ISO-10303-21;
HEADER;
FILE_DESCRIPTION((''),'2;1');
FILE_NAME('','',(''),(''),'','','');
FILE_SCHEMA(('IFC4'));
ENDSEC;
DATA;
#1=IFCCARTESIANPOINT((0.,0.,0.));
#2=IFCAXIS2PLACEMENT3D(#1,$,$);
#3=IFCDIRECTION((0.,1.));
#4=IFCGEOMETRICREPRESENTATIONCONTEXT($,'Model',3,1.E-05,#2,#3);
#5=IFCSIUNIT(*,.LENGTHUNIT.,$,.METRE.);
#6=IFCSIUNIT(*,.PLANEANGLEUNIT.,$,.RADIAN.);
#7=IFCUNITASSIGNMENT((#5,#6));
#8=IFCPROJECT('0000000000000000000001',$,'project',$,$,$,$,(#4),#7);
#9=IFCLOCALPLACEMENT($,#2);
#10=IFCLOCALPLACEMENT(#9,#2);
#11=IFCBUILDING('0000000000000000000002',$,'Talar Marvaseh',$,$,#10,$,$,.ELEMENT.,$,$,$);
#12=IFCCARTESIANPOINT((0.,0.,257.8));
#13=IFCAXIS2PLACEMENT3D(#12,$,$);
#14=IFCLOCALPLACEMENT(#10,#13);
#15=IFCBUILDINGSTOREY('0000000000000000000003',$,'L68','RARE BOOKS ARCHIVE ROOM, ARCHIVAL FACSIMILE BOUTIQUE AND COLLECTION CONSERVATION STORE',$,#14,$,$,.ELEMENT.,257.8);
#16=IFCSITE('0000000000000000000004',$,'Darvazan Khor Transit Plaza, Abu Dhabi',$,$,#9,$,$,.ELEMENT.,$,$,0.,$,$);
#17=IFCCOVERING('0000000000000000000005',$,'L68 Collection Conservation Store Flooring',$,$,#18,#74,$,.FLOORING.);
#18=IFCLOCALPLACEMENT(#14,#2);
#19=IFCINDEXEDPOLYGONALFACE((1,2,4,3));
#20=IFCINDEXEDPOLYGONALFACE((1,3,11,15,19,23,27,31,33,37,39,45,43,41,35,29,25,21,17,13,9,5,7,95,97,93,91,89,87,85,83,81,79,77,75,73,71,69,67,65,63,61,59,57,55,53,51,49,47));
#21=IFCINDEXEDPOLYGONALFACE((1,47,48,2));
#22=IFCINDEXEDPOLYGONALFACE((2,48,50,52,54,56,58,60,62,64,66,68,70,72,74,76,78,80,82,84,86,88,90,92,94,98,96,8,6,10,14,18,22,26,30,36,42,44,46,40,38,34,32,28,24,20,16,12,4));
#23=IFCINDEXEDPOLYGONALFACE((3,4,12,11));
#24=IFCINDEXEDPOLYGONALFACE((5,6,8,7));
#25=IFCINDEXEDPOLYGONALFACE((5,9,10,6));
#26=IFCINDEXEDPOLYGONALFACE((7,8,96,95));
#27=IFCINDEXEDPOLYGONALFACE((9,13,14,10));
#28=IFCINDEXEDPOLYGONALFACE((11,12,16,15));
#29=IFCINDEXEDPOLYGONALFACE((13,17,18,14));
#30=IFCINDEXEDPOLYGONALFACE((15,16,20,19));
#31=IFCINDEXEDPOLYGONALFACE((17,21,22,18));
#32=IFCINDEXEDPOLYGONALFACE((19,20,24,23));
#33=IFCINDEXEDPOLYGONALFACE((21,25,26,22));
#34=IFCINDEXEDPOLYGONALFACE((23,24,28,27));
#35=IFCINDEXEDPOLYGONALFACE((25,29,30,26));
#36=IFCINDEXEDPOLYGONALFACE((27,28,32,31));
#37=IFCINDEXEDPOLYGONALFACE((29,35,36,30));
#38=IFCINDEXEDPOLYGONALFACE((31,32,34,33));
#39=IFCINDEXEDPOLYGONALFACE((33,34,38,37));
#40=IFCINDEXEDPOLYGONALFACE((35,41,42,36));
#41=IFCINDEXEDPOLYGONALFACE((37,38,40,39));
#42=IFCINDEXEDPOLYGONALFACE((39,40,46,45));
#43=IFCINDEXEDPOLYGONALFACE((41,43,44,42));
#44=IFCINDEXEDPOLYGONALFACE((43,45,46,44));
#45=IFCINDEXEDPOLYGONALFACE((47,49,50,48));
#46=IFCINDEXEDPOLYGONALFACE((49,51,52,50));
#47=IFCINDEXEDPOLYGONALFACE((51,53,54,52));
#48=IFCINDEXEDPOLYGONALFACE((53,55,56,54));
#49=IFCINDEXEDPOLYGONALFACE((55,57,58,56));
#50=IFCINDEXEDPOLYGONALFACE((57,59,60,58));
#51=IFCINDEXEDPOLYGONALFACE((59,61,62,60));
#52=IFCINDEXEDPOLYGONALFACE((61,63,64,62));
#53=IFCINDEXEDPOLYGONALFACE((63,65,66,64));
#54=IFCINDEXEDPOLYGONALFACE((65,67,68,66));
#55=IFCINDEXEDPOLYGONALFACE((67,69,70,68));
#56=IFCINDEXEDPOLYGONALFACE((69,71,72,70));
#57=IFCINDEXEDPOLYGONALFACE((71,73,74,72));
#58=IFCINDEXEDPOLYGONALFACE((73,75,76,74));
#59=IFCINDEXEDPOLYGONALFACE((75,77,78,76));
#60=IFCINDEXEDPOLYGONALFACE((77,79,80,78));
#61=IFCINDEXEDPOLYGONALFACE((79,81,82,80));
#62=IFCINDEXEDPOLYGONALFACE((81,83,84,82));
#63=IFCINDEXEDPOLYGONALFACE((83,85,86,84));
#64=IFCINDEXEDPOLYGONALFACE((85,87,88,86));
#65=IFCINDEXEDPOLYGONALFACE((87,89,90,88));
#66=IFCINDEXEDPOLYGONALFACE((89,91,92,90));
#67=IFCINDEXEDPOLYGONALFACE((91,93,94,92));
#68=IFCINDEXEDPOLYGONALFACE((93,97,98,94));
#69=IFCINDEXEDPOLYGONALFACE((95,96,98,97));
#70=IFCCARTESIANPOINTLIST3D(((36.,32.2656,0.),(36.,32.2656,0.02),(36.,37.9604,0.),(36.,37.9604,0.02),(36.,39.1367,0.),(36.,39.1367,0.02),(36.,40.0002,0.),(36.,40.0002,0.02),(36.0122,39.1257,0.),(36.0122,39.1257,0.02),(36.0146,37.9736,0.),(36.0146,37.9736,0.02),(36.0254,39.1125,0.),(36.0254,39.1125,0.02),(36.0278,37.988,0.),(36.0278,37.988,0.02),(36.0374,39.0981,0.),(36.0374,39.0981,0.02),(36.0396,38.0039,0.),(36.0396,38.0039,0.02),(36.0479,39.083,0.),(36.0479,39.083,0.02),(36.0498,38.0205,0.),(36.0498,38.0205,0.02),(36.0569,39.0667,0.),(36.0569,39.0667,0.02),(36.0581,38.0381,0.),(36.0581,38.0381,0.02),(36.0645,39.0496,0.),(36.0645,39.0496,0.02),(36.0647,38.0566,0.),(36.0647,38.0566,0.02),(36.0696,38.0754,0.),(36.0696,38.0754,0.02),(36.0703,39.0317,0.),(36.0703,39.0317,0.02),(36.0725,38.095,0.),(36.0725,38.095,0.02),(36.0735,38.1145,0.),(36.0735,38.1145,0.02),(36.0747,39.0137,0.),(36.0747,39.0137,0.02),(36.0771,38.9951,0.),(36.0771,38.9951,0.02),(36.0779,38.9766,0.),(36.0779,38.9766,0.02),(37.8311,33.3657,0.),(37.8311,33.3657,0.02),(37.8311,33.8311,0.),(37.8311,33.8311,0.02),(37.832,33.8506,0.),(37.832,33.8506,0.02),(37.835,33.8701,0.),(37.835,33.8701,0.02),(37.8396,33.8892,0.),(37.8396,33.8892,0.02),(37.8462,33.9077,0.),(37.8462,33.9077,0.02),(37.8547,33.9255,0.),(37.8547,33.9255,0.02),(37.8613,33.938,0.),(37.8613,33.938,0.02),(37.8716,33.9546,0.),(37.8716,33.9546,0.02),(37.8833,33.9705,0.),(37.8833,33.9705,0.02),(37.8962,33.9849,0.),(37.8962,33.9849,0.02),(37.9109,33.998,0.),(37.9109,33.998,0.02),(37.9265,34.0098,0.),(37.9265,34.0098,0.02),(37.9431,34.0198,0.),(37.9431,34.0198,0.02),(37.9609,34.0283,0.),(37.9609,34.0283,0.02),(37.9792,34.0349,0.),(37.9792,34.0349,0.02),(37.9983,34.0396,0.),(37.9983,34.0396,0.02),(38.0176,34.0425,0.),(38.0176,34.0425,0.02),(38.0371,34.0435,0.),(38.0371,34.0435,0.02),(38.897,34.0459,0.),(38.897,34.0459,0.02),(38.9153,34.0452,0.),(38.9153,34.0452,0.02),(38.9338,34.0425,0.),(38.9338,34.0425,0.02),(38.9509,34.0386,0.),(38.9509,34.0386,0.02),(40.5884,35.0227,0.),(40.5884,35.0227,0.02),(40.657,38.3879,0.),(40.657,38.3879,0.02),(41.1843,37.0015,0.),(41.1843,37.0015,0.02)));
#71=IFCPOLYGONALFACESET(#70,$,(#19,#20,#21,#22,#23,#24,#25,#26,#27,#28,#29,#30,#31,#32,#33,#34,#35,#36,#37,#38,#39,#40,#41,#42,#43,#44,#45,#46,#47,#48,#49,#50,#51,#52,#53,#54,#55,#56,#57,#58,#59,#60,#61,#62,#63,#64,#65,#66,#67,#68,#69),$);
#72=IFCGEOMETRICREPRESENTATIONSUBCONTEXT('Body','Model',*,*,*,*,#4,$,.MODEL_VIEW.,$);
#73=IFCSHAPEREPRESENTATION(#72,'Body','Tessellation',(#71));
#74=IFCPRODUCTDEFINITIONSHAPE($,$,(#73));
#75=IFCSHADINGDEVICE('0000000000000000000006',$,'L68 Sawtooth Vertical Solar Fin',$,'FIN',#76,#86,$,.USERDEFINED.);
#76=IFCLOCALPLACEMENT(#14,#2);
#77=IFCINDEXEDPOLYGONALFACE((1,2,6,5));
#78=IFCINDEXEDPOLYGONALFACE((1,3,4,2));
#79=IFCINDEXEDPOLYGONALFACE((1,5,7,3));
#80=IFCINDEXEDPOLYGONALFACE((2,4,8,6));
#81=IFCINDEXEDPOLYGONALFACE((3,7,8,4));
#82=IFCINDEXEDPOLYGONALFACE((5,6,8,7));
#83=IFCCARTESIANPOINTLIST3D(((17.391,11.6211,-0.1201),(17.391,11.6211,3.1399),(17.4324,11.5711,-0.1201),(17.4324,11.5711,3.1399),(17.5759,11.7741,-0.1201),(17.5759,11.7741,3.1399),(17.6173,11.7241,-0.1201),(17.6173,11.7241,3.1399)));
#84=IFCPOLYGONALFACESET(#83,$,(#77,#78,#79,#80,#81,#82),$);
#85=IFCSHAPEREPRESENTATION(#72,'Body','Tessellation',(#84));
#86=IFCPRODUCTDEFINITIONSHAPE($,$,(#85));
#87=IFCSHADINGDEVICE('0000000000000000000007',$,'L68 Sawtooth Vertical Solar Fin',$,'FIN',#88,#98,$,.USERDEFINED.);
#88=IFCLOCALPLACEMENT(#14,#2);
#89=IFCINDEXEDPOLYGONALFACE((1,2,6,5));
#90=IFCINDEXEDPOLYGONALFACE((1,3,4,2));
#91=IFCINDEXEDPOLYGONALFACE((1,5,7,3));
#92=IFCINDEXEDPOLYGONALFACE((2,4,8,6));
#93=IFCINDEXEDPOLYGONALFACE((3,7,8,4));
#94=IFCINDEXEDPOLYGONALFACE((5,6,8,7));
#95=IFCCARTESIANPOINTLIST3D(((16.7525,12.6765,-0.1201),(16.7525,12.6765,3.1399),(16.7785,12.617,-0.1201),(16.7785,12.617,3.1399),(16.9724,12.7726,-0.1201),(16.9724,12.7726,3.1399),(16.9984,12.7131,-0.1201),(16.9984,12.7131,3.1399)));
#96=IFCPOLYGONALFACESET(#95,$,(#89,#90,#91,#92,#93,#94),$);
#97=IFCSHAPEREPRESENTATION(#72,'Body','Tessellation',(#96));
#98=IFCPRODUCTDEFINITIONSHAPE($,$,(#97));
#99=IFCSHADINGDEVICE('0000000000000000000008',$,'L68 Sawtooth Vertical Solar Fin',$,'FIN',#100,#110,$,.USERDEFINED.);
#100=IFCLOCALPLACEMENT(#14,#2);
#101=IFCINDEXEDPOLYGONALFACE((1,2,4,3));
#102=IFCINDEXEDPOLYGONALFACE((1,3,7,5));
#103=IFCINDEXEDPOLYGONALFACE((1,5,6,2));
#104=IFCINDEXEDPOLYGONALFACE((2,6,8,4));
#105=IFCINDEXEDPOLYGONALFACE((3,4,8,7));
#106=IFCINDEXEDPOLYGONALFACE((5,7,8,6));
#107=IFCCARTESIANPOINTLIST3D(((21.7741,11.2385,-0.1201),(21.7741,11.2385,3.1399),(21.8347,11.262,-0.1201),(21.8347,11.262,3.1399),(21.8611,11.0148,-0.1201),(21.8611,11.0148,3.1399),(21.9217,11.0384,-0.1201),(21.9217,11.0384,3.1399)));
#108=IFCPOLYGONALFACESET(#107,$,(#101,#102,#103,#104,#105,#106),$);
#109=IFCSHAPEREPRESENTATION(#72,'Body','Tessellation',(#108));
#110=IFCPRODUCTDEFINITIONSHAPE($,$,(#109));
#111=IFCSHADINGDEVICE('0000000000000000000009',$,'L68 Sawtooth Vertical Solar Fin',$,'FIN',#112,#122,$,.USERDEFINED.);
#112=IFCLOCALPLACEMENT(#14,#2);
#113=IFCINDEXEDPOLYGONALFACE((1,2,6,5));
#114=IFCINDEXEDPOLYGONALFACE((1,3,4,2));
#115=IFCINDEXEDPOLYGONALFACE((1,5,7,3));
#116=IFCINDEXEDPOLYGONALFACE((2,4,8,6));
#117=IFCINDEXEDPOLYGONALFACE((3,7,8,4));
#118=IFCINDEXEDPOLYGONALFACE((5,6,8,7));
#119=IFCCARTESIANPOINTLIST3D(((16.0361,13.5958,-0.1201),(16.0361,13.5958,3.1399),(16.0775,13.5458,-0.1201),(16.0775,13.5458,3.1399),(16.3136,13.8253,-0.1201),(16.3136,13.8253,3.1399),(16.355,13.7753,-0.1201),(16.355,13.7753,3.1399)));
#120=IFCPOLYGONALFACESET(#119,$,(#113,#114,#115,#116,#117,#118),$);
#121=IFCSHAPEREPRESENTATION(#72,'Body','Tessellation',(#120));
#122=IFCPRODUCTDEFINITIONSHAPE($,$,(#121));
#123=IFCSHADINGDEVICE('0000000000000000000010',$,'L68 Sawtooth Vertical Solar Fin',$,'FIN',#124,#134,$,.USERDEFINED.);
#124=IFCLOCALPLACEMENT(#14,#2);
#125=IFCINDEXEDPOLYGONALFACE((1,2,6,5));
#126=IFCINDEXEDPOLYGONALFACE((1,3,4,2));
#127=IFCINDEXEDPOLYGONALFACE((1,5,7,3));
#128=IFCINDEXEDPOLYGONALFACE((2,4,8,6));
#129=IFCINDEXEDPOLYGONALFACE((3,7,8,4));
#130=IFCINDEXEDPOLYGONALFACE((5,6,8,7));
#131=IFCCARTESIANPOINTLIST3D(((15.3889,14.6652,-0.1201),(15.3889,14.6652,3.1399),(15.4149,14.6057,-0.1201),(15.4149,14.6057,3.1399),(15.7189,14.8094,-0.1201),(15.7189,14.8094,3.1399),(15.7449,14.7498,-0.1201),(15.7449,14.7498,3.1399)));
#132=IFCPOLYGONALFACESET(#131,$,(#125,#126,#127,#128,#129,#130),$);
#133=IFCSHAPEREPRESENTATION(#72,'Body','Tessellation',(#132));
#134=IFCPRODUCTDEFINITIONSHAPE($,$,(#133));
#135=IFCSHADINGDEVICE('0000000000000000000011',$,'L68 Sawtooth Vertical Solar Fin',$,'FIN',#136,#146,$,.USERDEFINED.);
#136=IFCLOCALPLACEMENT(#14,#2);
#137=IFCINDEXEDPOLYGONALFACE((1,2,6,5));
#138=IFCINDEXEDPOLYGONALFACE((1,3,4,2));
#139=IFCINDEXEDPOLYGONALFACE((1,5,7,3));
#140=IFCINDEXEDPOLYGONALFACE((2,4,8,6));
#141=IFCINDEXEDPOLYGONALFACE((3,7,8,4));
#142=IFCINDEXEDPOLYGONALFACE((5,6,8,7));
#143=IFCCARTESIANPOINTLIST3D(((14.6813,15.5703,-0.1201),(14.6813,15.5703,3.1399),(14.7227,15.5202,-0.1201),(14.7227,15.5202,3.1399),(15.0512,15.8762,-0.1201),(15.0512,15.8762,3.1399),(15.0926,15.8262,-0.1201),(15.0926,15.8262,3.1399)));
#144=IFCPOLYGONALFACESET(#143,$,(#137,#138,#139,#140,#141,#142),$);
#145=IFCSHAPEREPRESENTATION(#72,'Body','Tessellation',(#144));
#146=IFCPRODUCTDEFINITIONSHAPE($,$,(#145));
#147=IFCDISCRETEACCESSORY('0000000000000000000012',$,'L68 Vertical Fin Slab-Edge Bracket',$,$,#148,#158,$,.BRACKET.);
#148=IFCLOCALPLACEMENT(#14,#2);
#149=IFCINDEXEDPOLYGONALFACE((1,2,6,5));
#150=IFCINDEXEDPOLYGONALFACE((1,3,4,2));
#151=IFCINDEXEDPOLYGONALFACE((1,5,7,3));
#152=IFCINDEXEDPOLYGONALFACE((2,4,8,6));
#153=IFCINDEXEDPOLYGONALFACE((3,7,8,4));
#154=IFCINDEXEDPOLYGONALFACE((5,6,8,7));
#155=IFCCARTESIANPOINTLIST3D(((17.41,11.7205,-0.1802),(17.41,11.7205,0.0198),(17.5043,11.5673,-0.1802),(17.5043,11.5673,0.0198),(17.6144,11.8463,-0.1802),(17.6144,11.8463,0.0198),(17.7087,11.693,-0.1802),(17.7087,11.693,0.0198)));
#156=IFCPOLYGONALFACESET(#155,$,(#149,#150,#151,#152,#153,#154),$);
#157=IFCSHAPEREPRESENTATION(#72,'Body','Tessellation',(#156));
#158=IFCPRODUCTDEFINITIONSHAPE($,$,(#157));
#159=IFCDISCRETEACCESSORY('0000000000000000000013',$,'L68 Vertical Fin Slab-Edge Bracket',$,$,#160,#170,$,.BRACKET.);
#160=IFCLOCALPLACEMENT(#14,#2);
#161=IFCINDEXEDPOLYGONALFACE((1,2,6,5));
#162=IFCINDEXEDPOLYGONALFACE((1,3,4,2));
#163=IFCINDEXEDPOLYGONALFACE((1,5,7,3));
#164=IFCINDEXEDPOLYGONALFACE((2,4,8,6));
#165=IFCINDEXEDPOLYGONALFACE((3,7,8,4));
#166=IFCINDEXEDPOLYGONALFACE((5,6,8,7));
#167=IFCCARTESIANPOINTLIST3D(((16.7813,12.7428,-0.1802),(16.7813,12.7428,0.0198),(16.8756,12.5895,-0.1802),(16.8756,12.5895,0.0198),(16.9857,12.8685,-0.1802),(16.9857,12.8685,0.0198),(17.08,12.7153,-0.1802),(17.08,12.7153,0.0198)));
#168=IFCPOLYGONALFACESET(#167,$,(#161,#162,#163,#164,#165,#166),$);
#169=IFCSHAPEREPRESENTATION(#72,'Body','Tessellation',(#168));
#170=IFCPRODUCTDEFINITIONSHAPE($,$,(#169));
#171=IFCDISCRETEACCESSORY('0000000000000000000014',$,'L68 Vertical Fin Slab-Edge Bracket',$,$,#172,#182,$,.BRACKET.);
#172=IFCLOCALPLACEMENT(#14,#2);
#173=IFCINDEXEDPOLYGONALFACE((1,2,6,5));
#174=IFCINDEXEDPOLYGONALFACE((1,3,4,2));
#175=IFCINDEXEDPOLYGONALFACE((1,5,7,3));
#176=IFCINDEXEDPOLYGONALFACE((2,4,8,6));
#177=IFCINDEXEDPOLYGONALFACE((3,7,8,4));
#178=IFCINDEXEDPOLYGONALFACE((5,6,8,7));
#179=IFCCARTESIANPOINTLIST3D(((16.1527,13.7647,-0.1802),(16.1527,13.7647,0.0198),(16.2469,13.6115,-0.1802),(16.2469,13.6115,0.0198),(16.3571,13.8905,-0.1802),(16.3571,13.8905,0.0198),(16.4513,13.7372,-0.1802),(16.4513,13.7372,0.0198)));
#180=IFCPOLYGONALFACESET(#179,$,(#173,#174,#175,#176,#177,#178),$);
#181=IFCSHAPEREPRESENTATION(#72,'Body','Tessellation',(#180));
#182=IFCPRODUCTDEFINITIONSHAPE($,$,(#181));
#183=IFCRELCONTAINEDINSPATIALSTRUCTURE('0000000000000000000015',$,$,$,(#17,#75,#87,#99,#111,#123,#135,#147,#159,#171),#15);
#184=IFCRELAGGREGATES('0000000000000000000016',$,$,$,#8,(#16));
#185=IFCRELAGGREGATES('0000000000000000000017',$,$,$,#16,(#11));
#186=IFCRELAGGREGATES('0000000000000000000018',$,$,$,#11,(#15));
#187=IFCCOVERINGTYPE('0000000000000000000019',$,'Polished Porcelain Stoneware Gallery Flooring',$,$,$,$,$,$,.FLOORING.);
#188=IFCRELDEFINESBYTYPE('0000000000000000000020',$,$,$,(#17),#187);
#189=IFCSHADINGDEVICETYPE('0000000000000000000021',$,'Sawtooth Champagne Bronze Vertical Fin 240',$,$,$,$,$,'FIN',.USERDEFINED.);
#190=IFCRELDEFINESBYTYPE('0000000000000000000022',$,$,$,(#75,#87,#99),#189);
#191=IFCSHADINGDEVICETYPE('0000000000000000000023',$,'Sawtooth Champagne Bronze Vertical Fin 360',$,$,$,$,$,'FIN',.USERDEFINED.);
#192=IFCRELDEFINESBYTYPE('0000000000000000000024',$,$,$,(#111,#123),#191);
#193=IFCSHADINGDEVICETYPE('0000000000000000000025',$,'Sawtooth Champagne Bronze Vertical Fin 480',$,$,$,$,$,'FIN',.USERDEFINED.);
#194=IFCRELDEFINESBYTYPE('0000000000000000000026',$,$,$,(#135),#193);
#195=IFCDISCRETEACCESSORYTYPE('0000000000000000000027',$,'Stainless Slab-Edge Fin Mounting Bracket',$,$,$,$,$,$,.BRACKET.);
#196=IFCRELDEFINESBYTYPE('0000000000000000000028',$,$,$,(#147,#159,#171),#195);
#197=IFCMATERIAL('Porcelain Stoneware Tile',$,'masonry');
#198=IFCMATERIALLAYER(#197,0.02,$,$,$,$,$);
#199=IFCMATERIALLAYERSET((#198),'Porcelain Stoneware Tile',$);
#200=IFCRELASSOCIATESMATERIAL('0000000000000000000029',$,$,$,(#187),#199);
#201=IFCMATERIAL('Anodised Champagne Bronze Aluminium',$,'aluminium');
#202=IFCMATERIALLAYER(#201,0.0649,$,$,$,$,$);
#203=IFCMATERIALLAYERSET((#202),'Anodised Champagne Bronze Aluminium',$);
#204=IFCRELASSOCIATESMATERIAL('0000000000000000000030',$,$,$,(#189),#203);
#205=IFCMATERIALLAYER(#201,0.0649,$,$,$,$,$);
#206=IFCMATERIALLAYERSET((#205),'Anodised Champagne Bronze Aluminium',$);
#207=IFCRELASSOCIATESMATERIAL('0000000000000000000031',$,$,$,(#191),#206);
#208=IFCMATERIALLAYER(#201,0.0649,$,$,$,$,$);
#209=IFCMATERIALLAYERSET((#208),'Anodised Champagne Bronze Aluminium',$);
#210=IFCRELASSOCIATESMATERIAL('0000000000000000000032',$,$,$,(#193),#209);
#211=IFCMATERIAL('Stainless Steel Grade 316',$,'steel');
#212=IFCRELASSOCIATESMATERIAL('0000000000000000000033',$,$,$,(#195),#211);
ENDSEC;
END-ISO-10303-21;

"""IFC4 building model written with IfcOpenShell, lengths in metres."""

from ifc_helpers import new_model, si_unit, direction, frame, origin, origin_2d, place, context, subcontext, project, spatial, polyline, rectangle, outline, extrude, source, transform, mapped, material, layer, layer_set, type_object, type_shapes, element, save


model = new_model("IFC4")

# Units and contexts
model_context = context("Model", 3, precision=1e-05, world=origin(), true_north=direction((0.0, 1.0)))
body_context = subcontext(model_context, "Body", "Model", "MODEL_VIEW")
ifc_project = project(units=[si_unit("LENGTHUNIT", "METRE"), si_unit("PLANEANGLEUNIT", "RADIAN")], contexts=[model_context])

# Site, building, storey
site_placement = place(None, origin())
site = spatial("IfcSite", under=ifc_project, at=site_placement, Name="Darvazan Khor Transit Plaza, Abu Dhabi", CompositionType="ELEMENT", RefElevation=0.0)
building_placement = place(site_placement, origin())
building = spatial("IfcBuilding", under=site, at=building_placement, Name="Talar Marvaseh", CompositionType="ELEMENT")
storey_placement = place(building_placement, frame((0.0, 0.0, 257.8)))
storey = spatial("IfcBuildingStorey", under=building, at=storey_placement, Name="L68", Description="RARE BOOKS ARCHIVE ROOM, ARCHIVAL FACSIMILE BOUTIQUE AND COLLECTION CONSERVATION STORE", CompositionType="ELEMENT", Elevation=257.8)

# Covering
ifc_material_1 = material(Name="Porcelain Stoneware Tile", Category="masonry")
ifc_layer_1 = layer(ifc_material_1, 0.02)
ifc_layer_set_1 = layer_set([ifc_layer_1], Name="Porcelain Stoneware Tile")
covering_type_1 = type_object("IfcCoveringType", Name="Polished Porcelain Stoneware Gallery Flooring", PredefinedType="FLOORING", material=ifc_layer_set_1)
covering_1_placement = place(storey_placement, origin())
element("IfcCovering", 1, at=covering_1_placement, inside=storey, type_object=covering_type_1, Name="L68 Collection Conservation Store Flooring", PredefinedType="FLOORING", context=body_context, shape_type="SweptSolid", body=[
    extrude(outline(polyline([(38.9153, 34.0452), (38.897, 34.0459), (38.0371, 34.0435), (38.0176, 34.0425), (37.9983, 34.0396), (37.9792, 34.0349), (37.9609, 34.0283), (37.9431, 34.0198), (37.9265, 34.0098), (37.9109, 33.998), (37.8962, 33.9849), (37.8833, 33.9705), (37.8716, 33.9546), (37.8613, 33.938), (37.8547, 33.9255), (37.8462, 33.9077), (37.8396, 33.8892), (37.835, 33.8701), (37.832, 33.8506), (37.8311, 33.8311), (37.8311, 33.3657), (36.0, 32.2656), (36.0, 37.9604), (36.0, 37.9604), (36.0146, 37.9736), (36.0278, 37.988), (36.0396, 38.0039), (36.0498, 38.0205), (36.0581, 38.0381), (36.0647, 38.0566), (36.0696, 38.0754), (36.0725, 38.095), (36.0735, 38.1145), (36.0779, 38.9766), (36.0771, 38.9951), (36.0747, 39.0137), (36.0703, 39.0317), (36.0645, 39.0496), (36.0569, 39.0667), (36.0479, 39.083), (36.0374, 39.0981), (36.0254, 39.1125), (36.0122, 39.1257), (36.0, 39.1367), (36.0, 40.0002), (40.657, 38.3879), (41.1843, 37.0015), (40.5884, 35.0227), (38.9509, 34.0386), (38.9338, 34.0425), (38.9153, 34.0452)])), origin(), (0.0, 0.0, 1.0), 0.02),
])

# Shading devices
ifc_material_2 = material(Name="Anodised Champagne Bronze Aluminium", Category="aluminium")
ifc_layer_2 = layer(ifc_material_2, 0.0649)
ifc_layer_set_2 = layer_set([ifc_layer_2], Name="Anodised Champagne Bronze Aluminium")
shading_device_type_1 = type_object("IfcShadingDeviceType", Name="Sawtooth Champagne Bronze Vertical Fin 240", ElementType="FIN", PredefinedType="USERDEFINED", material=ifc_layer_set_2)
shared_shape_1 = source(origin(), body_context, "Body", "SweptSolid", [
    extrude(rectangle(XDim=0.24, YDim=0.0649, at=origin_2d()), origin(), (0.0, 0.0, 1.0), 3.26),
])
type_shapes(shading_device_type_1, [shared_shape_1])
for number, where, z_axis, x_axis, name in (
    (2, (17.5042, 11.6726, -0.1201), (0.0, 0.0, 1.0), (-0.770513, -0.637424, 0.0), "L68 Sawtooth Vertical Solar Fin"),
    (3, (16.8755, 12.6948, -0.1201), (0.0, 0.0, 1.0), (-0.916363, -0.400349, 0.0), "L68 Sawtooth Vertical Solar Fin"),
    (4, (21.8479, 11.1384, -0.1201), (0.0, 0.0, 1.0), (0.362601, -0.931945, 0.0), "L68 Sawtooth Vertical Solar Fin"),
):
    element("IfcShadingDevice", number, at=place(storey_placement, frame(where, z_axis=z_axis, x_axis=x_axis)), inside=storey, type_object=shading_device_type_1, Name=name, ObjectType="FIN", PredefinedType="USERDEFINED", context=body_context, shape_type="MappedRepresentation", body=[
        mapped(shared_shape_1, transform((0.0, 0.0, 0.0), x_axis=(1.0, 0.0, 0.0), y_axis=(0.0, 1.0, 0.0), z_axis=(0.0, 0.0, 1.0), scale=1.0)),
    ])
ifc_layer_3 = layer(ifc_material_2, 0.0649)
ifc_layer_set_3 = layer_set([ifc_layer_3], Name="Anodised Champagne Bronze Aluminium")
shading_device_type_2 = type_object("IfcShadingDeviceType", Name="Sawtooth Champagne Bronze Vertical Fin 360", ElementType="FIN", PredefinedType="USERDEFINED", material=ifc_layer_set_3)
shared_shape_2 = source(origin(), body_context, "Body", "SweptSolid", [
    extrude(rectangle(XDim=0.3601, YDim=0.0649, at=origin_2d()), origin(), (0.0, 0.0, 1.0), 3.26),
])
type_shapes(shading_device_type_2, [shared_shape_2])
for number, where, z_axis, x_axis, name in (
    (5, (16.1956, 13.6855, -0.1201), (0.0, 0.0, 1.0), (-0.770513, -0.637424, 0.0), "L68 Sawtooth Vertical Solar Fin"),
    (6, (15.5669, 14.7075, -0.1201), (0.0, 0.0, 1.0), (-0.916363, -0.400349, 0.0), "L68 Sawtooth Vertical Solar Fin"),
):
    element("IfcShadingDevice", number, at=place(storey_placement, frame(where, z_axis=z_axis, x_axis=x_axis)), inside=storey, type_object=shading_device_type_2, Name=name, ObjectType="FIN", PredefinedType="USERDEFINED", context=body_context, shape_type="MappedRepresentation", body=[
        mapped(shared_shape_2, transform((0.0, 0.0, 0.0), x_axis=(1.0, 0.0, 0.0), y_axis=(0.0, 1.0, 0.0), z_axis=(0.0, 0.0, 1.0), scale=1.0)),
    ])
ifc_layer_4 = layer(ifc_material_2, 0.0649)
ifc_layer_set_4 = layer_set([ifc_layer_4], Name="Anodised Champagne Bronze Aluminium")
shading_device_type_3 = type_object("IfcShadingDeviceType", Name="Sawtooth Champagne Bronze Vertical Fin 480", ElementType="FIN", PredefinedType="USERDEFINED", material=ifc_layer_set_4)
shared_shape_3 = source(origin(), body_context, "Body", "SweptSolid", [
    extrude(rectangle(XDim=0.48, YDim=0.0649, at=origin_2d()), origin(), (0.0, 0.0, 1.0), 3.26),
])
type_shapes(shading_device_type_3, [shared_shape_3])
shading_device_placement = place(storey_placement, frame((14.887, 15.6982, -0.1201), z_axis=(0.0, 0.0, 1.0), x_axis=(-0.770513, -0.637424, 0.0)))
element("IfcShadingDevice", 7, at=shading_device_placement, inside=storey, type_object=shading_device_type_3, Name="L68 Sawtooth Vertical Solar Fin", ObjectType="FIN", PredefinedType="USERDEFINED", context=body_context, shape_type="MappedRepresentation", body=[
    mapped(shared_shape_3, transform((0.0, 0.0, 0.0), x_axis=(1.0, 0.0, 0.0), y_axis=(0.0, 1.0, 0.0), z_axis=(0.0, 0.0, 1.0), scale=1.0)),
])

# Discrete accessories
ifc_material_3 = material(Name="Stainless Steel Grade 316", Category="steel")
discrete_accessory_type = type_object("IfcDiscreteAccessoryType", Name="Stainless Slab-Edge Fin Mounting Bracket", PredefinedType="BRACKET", material=ifc_material_3)
shared_shape_4 = source(origin(), body_context, "Body", "SweptSolid", [
    extrude(rectangle(XDim=0.24, YDim=0.1799, at=origin_2d()), origin(), (0.0, 0.0, 1.0), 0.2),
])
type_shapes(discrete_accessory_type, [shared_shape_4])
for number, where, z_axis, x_axis, name in (
    (8, (17.5593, 11.7068, -0.1802), (0.0, 0.0, 1.0), (-0.851727, -0.523986, 0.0), "L68 Vertical Fin Slab-Edge Bracket"),
    (9, (16.9307, 12.729, -0.1802), (0.0, 0.0, 1.0), (-0.851727, -0.523986, 0.0), "L68 Vertical Fin Slab-Edge Bracket"),
    (10, (16.302, 13.751, -0.1802), (0.0, 0.0, 1.0), (-0.851727, -0.523986, 0.0), "L68 Vertical Fin Slab-Edge Bracket"),
):
    element("IfcDiscreteAccessory", number, at=place(storey_placement, frame(where, z_axis=z_axis, x_axis=x_axis)), inside=storey, type_object=discrete_accessory_type, Name=name, PredefinedType="BRACKET", context=body_context, shape_type="MappedRepresentation", body=[
        mapped(shared_shape_4, transform((0.0, 0.0, 0.0), x_axis=(1.0, 0.0, 0.0), y_axis=(0.0, 1.0, 0.0), z_axis=(0.0, 0.0, 1.0), scale=1.0)),
    ])

save(model, "model.ifc")
